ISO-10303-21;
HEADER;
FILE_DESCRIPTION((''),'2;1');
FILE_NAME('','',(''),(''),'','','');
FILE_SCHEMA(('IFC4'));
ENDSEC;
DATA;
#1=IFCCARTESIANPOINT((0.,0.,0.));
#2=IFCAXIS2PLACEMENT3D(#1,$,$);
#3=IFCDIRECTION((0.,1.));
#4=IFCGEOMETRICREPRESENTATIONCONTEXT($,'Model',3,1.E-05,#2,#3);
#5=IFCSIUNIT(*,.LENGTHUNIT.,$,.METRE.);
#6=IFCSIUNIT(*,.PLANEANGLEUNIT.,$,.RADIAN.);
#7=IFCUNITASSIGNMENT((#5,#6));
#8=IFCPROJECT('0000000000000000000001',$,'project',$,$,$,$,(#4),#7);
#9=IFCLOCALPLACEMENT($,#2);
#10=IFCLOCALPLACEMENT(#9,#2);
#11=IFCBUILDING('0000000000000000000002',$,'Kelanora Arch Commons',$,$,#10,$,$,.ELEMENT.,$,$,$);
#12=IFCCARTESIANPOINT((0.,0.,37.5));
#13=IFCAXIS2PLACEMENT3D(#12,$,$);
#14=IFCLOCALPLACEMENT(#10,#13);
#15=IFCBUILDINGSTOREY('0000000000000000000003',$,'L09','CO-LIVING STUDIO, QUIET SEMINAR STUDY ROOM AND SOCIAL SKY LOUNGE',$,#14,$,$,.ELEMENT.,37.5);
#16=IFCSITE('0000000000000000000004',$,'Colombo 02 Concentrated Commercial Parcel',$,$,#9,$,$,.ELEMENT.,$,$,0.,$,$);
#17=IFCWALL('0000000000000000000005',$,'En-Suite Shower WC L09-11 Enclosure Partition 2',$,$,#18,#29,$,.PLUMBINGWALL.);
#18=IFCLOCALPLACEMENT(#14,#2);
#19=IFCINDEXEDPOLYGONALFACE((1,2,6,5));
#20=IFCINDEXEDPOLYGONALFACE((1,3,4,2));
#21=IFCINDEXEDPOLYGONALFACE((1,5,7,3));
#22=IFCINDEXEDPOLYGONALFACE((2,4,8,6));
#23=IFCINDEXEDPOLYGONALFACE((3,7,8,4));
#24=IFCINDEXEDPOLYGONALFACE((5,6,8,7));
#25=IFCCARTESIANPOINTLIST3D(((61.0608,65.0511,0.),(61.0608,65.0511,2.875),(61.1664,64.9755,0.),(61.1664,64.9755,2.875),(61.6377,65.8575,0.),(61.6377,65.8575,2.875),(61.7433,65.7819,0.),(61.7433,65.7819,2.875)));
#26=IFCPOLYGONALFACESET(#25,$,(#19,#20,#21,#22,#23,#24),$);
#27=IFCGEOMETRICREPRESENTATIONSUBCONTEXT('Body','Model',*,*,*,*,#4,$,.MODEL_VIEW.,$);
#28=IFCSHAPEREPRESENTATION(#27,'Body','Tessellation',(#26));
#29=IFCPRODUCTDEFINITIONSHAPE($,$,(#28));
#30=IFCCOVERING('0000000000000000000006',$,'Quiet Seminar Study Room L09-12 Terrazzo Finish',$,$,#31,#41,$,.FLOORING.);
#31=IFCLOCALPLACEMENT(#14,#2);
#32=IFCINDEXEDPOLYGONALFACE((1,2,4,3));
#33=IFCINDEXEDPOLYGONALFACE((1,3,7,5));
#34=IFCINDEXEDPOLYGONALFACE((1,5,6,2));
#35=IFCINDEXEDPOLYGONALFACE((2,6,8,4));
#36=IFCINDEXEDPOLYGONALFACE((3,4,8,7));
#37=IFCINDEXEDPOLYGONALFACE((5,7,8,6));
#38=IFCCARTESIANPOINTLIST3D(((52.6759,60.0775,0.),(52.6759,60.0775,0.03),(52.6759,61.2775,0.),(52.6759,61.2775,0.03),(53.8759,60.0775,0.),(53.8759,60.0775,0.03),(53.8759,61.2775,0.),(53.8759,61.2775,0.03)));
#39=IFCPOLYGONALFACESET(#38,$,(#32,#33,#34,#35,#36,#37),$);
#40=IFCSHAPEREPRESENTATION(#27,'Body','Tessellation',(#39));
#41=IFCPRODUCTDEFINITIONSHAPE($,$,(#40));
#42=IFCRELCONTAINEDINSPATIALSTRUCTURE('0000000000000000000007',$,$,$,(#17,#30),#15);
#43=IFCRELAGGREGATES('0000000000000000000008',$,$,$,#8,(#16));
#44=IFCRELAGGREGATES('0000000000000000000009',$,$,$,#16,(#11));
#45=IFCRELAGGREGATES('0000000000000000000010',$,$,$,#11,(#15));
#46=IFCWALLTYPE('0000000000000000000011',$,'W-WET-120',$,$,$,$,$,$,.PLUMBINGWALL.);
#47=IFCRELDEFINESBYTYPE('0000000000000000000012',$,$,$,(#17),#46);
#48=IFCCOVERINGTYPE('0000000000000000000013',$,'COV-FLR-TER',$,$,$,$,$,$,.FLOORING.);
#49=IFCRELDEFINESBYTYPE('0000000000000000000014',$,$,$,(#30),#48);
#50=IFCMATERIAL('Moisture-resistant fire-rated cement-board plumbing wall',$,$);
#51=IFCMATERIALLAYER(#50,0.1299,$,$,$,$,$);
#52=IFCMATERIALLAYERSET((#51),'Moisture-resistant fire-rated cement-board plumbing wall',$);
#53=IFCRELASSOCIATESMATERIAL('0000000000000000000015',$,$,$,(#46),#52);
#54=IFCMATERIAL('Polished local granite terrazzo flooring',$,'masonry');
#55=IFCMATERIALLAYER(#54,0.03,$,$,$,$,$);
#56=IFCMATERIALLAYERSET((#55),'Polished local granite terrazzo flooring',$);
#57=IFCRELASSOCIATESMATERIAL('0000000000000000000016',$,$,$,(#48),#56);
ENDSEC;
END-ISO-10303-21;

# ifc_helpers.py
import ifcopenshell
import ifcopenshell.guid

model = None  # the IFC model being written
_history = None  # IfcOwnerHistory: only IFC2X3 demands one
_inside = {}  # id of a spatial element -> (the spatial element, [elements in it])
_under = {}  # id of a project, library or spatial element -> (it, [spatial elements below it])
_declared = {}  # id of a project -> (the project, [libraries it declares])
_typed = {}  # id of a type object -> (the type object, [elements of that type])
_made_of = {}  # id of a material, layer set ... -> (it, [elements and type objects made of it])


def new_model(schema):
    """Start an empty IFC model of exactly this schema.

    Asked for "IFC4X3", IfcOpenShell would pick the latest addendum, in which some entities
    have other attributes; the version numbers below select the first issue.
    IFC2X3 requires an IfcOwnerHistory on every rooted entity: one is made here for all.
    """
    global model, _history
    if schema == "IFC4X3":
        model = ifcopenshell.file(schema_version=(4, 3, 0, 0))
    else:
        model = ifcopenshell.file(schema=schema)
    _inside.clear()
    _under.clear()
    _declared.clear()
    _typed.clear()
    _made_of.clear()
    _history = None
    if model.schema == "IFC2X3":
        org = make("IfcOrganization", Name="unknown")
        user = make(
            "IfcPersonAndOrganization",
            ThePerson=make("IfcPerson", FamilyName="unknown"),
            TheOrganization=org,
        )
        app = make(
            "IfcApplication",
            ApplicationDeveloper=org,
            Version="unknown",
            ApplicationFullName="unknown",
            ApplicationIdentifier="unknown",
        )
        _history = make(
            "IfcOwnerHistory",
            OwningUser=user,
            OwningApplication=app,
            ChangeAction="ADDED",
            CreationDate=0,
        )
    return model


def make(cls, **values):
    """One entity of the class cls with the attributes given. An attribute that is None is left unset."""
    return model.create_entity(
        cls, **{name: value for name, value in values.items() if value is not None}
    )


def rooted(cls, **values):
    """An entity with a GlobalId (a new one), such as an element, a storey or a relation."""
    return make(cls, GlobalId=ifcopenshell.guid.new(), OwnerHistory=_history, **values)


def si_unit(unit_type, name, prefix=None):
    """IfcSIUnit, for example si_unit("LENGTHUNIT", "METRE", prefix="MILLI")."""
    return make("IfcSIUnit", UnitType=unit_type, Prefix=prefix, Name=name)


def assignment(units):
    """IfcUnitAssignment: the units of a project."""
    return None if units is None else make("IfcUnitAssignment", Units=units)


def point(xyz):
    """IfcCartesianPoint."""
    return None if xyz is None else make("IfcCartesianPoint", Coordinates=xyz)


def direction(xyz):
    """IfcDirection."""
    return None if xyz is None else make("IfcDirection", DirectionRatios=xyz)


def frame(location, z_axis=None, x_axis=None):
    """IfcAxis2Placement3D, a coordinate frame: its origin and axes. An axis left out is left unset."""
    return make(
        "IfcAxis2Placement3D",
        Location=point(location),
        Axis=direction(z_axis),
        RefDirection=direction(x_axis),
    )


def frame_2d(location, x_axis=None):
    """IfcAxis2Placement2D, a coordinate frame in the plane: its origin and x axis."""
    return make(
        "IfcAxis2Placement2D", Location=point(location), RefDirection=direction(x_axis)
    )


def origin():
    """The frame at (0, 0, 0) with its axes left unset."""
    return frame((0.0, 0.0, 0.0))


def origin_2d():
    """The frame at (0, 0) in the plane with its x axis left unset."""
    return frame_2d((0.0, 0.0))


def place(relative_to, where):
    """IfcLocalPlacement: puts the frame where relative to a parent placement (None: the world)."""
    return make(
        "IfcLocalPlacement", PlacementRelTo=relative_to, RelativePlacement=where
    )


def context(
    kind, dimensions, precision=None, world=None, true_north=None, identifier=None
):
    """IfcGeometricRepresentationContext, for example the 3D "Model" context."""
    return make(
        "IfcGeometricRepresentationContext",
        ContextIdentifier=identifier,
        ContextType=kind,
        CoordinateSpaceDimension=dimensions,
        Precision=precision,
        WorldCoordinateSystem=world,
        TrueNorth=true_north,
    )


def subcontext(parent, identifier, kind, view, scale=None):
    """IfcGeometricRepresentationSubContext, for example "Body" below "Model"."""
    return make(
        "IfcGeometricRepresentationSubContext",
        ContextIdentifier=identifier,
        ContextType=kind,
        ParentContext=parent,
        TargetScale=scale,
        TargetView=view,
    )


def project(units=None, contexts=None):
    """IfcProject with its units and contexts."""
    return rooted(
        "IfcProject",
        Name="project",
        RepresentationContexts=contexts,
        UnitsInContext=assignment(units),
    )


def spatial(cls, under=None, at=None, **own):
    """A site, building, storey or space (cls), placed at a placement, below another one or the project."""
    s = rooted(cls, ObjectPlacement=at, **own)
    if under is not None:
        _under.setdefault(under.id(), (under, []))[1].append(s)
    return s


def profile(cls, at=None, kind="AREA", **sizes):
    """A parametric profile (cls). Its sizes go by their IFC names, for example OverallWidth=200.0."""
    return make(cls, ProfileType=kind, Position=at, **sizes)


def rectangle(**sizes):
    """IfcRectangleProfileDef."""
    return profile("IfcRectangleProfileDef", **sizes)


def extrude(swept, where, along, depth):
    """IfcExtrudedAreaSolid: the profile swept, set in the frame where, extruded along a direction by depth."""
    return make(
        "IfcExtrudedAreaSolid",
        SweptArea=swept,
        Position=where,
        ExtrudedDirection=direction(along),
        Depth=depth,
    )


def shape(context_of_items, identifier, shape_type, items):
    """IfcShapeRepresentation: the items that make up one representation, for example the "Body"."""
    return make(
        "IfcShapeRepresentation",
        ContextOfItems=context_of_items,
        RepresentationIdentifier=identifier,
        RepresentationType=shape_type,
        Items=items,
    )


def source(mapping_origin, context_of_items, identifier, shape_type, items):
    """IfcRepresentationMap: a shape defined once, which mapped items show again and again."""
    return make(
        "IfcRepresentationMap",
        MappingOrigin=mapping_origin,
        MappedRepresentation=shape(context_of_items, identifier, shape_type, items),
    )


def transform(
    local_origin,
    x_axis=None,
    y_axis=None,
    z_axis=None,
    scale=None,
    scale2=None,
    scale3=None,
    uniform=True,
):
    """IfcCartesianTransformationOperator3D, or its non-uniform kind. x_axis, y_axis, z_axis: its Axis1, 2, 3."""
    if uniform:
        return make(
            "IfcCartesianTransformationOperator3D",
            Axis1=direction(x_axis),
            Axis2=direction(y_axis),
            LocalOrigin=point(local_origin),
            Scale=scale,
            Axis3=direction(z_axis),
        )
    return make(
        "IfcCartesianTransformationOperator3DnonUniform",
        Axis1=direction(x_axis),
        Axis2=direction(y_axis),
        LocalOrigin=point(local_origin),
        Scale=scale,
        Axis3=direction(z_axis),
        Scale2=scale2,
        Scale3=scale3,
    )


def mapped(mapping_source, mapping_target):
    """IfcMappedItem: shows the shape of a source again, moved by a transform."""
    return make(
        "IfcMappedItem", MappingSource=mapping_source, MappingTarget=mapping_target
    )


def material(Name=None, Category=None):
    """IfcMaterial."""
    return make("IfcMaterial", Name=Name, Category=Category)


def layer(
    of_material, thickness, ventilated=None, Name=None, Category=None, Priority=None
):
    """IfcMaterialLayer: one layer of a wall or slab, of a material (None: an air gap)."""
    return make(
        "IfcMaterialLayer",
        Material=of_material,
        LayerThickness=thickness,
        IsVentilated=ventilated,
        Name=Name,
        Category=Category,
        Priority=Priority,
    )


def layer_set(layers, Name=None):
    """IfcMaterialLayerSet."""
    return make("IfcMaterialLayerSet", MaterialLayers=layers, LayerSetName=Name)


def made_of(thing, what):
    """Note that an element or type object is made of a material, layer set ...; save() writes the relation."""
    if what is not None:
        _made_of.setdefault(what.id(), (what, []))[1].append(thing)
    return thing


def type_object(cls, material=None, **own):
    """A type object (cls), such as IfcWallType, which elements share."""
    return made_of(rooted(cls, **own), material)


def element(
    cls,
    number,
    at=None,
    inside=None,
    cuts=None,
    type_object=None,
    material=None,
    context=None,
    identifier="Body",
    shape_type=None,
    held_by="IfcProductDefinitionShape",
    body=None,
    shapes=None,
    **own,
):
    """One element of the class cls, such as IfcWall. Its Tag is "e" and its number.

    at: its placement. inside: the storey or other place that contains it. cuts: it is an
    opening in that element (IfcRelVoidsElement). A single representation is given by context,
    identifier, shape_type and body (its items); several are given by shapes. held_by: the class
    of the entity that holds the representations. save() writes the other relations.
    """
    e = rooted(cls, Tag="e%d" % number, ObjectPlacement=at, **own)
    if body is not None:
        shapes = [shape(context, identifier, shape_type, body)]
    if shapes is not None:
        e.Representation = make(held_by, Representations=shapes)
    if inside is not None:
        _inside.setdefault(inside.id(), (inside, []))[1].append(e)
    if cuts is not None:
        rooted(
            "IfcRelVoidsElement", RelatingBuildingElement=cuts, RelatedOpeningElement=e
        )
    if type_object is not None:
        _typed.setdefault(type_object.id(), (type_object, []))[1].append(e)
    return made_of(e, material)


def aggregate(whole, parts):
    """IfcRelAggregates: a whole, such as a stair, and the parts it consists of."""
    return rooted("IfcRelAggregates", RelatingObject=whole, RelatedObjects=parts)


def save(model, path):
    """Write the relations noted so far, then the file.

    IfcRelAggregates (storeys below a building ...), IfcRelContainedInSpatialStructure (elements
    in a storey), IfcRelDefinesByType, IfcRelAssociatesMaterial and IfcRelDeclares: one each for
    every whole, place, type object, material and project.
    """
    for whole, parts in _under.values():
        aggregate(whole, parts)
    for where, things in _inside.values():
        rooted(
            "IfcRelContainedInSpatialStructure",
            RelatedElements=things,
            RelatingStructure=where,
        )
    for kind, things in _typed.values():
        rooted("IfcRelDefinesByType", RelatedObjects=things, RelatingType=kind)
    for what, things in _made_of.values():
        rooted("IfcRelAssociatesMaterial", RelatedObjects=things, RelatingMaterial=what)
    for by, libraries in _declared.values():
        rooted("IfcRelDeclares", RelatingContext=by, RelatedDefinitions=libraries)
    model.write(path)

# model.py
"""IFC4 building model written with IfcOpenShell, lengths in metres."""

from ifc_helpers import new_model, si_unit, direction, frame, frame_2d, origin, origin_2d, place, context, subcontext, project, spatial, rectangle, extrude, source, transform, mapped, material, layer, layer_set, type_object, element, save


model = new_model("IFC4")

# Units and contexts
model_context = context("Model", 3, precision=1e-05, world=origin(), true_north=direction((0.0, 1.0)))
body_context = subcontext(model_context, "Body", "Model", "MODEL_VIEW")
ifc_project = project(units=[si_unit("LENGTHUNIT", "METRE"), si_unit("PLANEANGLEUNIT", "RADIAN")], contexts=[model_context])

# Site, building, storey
site_placement = place(None, origin())
site = spatial("IfcSite", under=ifc_project, at=site_placement, Name="Colombo 02 Concentrated Commercial Parcel", CompositionType="ELEMENT", RefElevation=0.0)
building_placement = place(site_placement, origin())
building = spatial("IfcBuilding", under=site, at=building_placement, Name="Kelanora Arch Commons", CompositionType="ELEMENT")
storey_placement = place(building_placement, frame((0.0, 0.0, 37.5)))
storey = spatial("IfcBuildingStorey", under=building, at=storey_placement, Name="L09", Description="CO-LIVING STUDIO, QUIET SEMINAR STUDY ROOM AND SOCIAL SKY LOUNGE", CompositionType="ELEMENT", Elevation=37.5)

# Shared definitions
ifc_material_1 = material(Name="Moisture-resistant fire-rated cement-board plumbing wall")
ifc_layer_1 = layer(ifc_material_1, 0.1299)
ifc_layer_set_1 = layer_set([ifc_layer_1], Name="Moisture-resistant fire-rated cement-board plumbing wall")
wall_type_1 = type_object("IfcWallType", Name="W-WET-120", PredefinedType="PLUMBINGWALL", material=ifc_layer_set_1)

# Wall
wall_1_placement = place(storey_placement, frame((61.6904, 65.8196, 0.0), z_axis=(0.0, 0.0, 1.0), x_axis=(-0.581844, -0.813301, 0.0)))
element("IfcWall", 1, at=wall_1_placement, inside=storey, type_object=wall_type_1, Name="En-Suite Shower WC L09-11 Enclosure Partition 2", PredefinedType="PLUMBINGWALL", context=body_context, shape_type="SweptSolid", body=[
    extrude(rectangle(XDim=0.9915, YDim=0.1299, at=frame_2d((0.4956, 0.0))), origin(), (0.0, 0.0, 1.0), 2.875),
])

# Covering
ifc_material_2 = material(Name="Polished local granite terrazzo flooring", Category="masonry")
ifc_layer_2 = layer(ifc_material_2, 0.03)
ifc_layer_set_2 = layer_set([ifc_layer_2], Name="Polished local granite terrazzo flooring")
covering_type = type_object("IfcCoveringType", Name="COV-FLR-TER", PredefinedType="FLOORING", material=ifc_layer_set_2)
shared_shape_1 = source(origin(), body_context, "Body", "SweptSolid", [
    extrude(rectangle(XDim=1.2, YDim=1.2, at=origin_2d()), origin(), (0.0, 0.0, 1.0), 0.03),
])
covering_placement = place(storey_placement, frame((53.2759, 60.6775, 0.0), z_axis=(0.0, 0.0, 1.0), x_axis=(1.0, 0.0, 0.0)))
element("IfcCovering", 2, at=covering_placement, inside=storey, type_object=covering_type, Name="Quiet Seminar Study Room L09-12 Terrazzo Finish", PredefinedType="FLOORING", context=body_context, shape_type="MappedRepresentation", body=[
    mapped(shared_shape_1, transform((0.0, 0.0, 0.0), scale=1.0)),
])

save(model, "model.ifc")
